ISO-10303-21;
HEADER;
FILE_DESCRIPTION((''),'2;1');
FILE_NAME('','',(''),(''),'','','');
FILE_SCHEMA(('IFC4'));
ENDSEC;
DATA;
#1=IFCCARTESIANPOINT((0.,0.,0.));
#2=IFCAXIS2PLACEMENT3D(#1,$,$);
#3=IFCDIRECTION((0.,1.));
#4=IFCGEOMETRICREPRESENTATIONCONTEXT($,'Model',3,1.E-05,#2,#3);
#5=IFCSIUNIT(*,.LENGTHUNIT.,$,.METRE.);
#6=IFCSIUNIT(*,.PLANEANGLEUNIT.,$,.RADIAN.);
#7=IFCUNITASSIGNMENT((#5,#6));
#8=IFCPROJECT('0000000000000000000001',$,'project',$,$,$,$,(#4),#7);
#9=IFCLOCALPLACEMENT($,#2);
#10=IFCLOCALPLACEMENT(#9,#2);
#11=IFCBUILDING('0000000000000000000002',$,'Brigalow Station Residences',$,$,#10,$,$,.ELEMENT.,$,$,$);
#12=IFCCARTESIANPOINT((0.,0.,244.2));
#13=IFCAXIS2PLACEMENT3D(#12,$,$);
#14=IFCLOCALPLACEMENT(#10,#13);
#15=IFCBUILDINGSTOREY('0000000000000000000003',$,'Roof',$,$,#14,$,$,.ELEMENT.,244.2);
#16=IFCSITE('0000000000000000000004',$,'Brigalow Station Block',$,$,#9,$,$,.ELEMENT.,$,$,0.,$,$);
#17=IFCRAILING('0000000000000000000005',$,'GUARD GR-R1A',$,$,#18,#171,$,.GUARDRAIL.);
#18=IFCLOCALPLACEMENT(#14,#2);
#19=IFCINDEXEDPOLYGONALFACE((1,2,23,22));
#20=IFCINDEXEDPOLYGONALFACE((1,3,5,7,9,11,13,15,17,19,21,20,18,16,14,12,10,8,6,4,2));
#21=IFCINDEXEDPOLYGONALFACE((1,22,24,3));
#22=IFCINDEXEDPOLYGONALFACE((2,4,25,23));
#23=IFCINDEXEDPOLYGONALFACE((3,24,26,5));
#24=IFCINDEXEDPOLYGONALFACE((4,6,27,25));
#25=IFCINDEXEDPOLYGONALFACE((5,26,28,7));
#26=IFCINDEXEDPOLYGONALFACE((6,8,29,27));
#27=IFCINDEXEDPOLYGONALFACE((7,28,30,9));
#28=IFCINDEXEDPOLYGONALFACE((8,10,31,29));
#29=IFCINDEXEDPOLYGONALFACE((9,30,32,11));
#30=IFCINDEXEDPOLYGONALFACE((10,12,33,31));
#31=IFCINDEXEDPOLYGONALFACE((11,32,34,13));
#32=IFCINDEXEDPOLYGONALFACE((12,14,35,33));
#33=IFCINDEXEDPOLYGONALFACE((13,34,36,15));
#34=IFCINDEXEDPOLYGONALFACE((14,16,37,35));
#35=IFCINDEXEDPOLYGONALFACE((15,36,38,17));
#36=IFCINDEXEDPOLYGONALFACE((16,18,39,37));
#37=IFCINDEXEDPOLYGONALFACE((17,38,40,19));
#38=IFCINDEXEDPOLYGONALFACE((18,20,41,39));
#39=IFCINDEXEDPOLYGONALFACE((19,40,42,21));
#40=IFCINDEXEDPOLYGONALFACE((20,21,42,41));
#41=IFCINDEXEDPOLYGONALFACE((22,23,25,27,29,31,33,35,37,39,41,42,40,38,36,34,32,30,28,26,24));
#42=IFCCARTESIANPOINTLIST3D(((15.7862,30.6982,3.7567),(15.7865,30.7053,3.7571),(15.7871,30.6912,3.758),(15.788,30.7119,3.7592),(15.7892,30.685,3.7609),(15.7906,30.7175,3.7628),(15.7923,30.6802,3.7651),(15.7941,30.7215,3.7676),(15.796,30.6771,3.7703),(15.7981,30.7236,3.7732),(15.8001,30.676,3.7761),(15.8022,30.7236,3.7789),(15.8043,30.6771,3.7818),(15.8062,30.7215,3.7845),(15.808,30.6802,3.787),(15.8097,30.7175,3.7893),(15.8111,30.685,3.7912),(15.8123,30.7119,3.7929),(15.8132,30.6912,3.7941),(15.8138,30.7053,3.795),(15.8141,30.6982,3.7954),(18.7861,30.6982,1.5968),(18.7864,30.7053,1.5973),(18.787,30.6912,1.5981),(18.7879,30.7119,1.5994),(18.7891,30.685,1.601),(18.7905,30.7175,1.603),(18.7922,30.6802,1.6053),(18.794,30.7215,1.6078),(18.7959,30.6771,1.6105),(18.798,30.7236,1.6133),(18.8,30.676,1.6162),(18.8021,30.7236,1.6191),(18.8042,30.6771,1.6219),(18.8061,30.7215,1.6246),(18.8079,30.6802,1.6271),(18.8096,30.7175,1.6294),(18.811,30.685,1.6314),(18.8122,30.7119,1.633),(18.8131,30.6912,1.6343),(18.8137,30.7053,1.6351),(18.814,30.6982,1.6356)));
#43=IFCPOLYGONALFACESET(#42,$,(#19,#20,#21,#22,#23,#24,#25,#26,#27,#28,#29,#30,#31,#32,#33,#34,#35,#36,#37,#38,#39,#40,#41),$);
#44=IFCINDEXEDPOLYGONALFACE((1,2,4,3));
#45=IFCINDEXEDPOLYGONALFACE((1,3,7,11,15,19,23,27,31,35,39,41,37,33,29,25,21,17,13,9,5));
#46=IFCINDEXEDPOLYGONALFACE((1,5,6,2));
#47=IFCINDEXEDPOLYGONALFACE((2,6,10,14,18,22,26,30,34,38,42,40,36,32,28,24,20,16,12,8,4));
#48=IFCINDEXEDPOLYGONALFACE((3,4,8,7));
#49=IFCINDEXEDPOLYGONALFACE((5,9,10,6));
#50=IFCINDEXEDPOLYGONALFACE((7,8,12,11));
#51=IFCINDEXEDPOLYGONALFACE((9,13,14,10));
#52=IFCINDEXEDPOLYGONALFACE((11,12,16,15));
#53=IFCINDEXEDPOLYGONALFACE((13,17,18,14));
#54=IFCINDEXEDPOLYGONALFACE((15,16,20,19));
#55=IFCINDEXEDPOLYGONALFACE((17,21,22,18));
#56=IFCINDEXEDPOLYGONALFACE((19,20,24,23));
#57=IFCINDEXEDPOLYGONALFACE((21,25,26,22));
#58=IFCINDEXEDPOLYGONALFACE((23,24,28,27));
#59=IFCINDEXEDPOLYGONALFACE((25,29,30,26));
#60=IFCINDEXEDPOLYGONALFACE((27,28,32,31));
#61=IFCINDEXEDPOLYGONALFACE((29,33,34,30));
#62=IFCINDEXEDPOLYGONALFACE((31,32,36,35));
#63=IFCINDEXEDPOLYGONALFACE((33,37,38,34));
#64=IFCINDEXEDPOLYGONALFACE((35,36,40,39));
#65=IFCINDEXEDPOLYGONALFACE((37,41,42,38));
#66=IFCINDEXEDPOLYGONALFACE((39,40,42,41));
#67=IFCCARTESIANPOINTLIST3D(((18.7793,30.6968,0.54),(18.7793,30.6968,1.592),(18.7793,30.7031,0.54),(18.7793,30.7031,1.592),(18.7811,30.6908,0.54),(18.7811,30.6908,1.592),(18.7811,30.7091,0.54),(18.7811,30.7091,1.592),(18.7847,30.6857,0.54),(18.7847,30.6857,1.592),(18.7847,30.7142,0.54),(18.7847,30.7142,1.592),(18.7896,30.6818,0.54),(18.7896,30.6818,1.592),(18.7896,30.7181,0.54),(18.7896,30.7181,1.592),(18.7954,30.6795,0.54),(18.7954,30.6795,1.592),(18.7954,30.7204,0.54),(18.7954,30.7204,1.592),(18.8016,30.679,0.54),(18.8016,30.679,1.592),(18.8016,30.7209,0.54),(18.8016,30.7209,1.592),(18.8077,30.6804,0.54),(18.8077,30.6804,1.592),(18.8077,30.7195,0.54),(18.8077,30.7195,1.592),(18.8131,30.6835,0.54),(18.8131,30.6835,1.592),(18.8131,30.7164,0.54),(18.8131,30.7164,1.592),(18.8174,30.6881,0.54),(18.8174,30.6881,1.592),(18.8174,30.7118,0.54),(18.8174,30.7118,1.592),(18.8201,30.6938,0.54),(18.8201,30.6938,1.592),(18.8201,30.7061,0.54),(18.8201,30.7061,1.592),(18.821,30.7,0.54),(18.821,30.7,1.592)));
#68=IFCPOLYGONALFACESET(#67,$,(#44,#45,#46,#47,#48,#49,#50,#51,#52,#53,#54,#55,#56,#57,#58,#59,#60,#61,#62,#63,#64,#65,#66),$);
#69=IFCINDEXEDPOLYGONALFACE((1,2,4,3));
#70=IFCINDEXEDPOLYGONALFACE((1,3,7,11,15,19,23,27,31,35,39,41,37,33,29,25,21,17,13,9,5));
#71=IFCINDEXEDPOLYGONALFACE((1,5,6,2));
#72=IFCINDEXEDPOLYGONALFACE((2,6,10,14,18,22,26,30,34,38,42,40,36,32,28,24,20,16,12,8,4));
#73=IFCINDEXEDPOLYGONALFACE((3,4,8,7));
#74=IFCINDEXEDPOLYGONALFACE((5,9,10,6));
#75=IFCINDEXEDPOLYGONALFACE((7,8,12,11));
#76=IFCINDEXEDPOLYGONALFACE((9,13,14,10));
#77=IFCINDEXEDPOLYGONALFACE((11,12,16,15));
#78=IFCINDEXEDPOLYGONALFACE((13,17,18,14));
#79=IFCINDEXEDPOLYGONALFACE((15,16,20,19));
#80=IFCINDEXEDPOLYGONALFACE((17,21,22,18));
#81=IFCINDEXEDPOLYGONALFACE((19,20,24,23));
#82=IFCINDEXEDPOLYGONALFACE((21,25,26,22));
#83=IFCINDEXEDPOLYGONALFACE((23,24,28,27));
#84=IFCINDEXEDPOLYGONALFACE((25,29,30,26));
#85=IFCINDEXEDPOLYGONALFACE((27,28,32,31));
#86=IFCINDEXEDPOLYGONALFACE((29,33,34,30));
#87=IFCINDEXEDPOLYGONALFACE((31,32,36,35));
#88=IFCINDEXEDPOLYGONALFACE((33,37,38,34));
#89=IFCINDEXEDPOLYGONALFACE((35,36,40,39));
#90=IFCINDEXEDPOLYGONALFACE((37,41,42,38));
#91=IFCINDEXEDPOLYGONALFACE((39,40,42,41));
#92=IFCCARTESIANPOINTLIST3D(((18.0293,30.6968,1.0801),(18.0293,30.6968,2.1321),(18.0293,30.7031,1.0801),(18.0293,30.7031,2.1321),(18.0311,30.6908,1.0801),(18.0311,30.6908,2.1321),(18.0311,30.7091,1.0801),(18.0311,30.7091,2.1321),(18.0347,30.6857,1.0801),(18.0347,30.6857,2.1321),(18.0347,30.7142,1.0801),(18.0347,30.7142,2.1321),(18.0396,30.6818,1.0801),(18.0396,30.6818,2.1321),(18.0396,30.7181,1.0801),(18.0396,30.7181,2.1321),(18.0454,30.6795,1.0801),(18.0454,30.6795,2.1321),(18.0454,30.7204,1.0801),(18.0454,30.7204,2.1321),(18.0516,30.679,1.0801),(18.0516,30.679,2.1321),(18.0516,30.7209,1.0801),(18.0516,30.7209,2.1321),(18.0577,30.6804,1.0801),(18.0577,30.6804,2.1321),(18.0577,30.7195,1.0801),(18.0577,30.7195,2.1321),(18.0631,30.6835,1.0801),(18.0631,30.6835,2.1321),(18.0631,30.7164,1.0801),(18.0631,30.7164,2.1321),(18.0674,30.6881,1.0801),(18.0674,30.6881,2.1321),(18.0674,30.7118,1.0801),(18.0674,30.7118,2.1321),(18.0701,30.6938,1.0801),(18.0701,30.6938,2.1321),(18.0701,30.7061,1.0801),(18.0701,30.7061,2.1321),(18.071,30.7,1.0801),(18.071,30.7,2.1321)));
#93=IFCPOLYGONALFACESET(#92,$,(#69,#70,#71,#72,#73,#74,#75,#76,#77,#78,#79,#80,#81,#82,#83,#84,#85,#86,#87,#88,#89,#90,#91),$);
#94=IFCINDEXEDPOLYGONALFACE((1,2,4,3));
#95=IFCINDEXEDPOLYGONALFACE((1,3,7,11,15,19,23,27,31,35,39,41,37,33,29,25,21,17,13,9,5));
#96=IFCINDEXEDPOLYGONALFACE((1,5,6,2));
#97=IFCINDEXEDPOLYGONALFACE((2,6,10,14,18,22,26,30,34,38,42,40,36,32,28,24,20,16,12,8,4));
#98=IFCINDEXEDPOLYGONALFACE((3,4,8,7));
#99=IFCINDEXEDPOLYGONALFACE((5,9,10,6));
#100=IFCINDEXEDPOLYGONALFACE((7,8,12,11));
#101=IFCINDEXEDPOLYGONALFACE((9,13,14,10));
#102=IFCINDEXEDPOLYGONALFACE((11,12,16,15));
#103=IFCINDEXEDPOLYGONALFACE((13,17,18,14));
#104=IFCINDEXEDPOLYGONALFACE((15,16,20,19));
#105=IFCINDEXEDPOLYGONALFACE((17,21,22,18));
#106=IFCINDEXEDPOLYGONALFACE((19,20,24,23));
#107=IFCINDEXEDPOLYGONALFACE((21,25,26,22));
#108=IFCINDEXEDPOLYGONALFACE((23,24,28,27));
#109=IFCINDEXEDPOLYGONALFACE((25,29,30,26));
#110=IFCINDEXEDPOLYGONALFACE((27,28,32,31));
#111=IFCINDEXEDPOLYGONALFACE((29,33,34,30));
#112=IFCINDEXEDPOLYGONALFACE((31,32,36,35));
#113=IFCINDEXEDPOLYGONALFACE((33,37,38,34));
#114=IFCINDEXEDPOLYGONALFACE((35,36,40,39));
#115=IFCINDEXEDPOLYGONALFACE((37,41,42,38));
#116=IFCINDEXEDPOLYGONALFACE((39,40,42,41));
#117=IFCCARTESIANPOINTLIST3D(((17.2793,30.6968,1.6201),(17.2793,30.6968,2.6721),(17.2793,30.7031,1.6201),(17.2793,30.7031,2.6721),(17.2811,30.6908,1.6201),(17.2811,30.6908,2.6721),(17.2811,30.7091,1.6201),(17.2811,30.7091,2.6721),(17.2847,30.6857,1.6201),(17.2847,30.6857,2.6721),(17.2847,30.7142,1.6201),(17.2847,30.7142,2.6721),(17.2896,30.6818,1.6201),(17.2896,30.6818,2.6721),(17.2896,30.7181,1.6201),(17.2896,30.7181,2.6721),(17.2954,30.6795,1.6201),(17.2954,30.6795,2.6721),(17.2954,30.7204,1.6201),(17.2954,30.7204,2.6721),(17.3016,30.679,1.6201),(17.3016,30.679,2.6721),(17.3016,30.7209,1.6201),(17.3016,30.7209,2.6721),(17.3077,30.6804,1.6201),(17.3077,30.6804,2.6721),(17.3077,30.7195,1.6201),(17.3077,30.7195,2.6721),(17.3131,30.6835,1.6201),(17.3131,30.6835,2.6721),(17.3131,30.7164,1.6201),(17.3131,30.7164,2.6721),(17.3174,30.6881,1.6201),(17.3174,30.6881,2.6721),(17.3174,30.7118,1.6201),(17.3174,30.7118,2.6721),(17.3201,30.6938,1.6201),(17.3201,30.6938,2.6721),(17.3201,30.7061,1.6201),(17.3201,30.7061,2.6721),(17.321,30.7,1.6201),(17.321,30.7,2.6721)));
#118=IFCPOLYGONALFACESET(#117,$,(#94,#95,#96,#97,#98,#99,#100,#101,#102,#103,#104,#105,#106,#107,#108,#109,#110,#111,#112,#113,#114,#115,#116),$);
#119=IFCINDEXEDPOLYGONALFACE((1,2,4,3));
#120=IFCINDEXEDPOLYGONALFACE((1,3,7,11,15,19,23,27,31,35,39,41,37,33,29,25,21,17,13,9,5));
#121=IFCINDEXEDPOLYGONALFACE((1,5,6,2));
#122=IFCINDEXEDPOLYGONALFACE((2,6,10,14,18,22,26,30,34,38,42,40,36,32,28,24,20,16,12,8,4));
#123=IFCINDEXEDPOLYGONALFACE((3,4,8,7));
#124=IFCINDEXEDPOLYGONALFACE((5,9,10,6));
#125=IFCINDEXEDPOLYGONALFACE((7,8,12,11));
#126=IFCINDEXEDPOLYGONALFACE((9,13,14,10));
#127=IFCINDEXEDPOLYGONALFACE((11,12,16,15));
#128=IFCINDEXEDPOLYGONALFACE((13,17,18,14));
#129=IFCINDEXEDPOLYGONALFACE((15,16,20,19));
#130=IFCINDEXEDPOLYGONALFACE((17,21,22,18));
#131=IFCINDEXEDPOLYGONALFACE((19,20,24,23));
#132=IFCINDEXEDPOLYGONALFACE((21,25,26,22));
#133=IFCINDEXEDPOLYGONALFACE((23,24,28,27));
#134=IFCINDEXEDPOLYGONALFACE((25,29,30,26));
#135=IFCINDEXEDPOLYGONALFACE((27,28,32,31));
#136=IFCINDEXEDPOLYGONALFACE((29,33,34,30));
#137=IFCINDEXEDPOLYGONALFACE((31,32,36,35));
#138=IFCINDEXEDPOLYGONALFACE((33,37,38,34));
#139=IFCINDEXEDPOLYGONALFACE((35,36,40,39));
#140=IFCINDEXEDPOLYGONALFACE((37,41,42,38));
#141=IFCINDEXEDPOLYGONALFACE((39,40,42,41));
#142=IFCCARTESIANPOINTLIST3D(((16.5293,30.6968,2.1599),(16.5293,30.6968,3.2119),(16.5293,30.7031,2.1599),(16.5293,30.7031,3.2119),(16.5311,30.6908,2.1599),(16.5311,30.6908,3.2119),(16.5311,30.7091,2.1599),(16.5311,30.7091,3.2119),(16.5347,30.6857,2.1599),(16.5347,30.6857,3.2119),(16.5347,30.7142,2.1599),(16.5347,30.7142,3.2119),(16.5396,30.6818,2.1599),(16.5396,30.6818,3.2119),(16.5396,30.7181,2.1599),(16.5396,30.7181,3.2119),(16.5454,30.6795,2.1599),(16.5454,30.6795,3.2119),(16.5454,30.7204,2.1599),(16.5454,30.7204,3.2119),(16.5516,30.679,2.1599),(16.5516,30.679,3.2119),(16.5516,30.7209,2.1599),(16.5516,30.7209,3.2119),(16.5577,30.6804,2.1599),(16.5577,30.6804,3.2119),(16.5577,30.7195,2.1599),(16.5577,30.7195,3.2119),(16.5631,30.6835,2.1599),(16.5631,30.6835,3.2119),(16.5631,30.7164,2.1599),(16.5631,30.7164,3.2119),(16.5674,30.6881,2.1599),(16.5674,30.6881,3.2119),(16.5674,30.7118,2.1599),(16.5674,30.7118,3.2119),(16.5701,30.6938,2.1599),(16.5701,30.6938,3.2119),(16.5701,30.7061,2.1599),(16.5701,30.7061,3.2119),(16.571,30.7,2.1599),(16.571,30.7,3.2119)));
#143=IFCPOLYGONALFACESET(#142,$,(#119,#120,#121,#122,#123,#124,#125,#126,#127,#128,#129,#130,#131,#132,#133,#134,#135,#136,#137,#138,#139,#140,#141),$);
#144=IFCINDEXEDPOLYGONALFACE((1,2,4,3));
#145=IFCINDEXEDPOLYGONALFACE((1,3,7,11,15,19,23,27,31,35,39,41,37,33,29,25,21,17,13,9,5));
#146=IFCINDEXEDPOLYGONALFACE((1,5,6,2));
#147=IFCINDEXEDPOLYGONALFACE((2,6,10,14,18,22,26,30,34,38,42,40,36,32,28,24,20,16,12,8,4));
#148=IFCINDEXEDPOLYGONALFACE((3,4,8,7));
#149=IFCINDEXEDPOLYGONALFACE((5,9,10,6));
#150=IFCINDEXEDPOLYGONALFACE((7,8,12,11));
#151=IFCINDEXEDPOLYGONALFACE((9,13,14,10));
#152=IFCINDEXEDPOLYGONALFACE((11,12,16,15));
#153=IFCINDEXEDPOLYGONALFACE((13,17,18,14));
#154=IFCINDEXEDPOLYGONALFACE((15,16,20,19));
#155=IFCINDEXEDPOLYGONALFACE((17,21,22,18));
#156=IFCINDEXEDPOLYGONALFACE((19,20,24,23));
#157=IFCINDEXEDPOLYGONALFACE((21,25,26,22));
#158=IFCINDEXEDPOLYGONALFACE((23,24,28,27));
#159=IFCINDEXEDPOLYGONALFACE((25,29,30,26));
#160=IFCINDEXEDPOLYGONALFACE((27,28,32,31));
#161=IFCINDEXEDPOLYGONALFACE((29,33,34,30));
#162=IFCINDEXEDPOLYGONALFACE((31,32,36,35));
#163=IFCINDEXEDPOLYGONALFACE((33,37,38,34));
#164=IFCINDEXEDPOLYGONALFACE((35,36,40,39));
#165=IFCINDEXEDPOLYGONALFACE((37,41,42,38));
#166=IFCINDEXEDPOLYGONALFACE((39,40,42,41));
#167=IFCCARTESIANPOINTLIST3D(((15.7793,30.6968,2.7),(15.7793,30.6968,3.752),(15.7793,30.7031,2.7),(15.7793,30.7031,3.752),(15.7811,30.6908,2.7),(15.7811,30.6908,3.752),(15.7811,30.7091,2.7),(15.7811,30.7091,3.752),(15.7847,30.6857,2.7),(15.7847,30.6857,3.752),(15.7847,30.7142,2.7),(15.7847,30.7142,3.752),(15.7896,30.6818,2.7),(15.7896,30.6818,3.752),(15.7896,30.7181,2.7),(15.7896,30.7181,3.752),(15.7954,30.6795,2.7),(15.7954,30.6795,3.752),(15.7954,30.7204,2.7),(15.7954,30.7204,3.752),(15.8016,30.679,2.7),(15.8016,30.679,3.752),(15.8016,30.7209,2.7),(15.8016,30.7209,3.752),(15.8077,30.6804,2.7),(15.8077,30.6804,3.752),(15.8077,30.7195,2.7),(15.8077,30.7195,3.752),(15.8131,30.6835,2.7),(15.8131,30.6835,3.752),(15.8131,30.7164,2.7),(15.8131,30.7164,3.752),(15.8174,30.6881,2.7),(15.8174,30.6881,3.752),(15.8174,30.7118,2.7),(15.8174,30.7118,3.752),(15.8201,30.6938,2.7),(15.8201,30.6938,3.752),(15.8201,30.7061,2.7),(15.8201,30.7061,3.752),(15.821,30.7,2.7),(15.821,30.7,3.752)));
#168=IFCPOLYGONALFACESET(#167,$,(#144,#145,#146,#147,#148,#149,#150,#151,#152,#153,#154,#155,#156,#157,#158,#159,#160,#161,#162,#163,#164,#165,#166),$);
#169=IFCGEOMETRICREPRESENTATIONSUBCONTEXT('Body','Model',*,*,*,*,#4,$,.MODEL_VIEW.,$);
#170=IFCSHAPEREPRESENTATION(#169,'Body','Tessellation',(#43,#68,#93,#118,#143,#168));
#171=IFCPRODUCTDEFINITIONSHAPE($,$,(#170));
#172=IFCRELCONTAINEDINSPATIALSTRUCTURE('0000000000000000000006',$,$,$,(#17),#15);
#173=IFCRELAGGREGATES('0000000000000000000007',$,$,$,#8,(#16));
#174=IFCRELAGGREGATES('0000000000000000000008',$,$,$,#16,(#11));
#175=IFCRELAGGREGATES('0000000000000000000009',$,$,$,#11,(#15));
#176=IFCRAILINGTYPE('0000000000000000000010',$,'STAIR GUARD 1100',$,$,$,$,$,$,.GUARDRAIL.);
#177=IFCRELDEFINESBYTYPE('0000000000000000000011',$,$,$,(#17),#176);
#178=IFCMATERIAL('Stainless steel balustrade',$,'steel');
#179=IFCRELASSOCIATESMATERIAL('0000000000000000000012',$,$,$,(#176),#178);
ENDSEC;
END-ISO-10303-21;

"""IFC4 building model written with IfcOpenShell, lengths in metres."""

from ifc_helpers import new_model, si_unit, direction, frame, origin, origin_2d, place, context, subcontext, project, spatial, circle, extrude, material, type_object, element, save


model = new_model("IFC4")

# Units and contexts
model_context = context("Model", 3, precision=1e-05, world=origin(), true_north=direction((0.0, 1.0)))
body_context = subcontext(model_context, "Body", "Model", "MODEL_VIEW")
ifc_project = project(units=[si_unit("LENGTHUNIT", "METRE"), si_unit("PLANEANGLEUNIT", "RADIAN")], contexts=[model_context])

# Site, building, storey
site_placement = place(None, origin())
site = spatial("IfcSite", under=ifc_project, at=site_placement, Name="Brigalow Station Block", CompositionType="ELEMENT", RefElevation=0.0)
building_placement = place(site_placement, origin())
building = spatial("IfcBuilding", under=site, at=building_placement, Name="Brigalow Station Residences", CompositionType="ELEMENT")
storey_placement = place(building_placement, frame((0.0, 0.0, 244.2)))
storey = spatial("IfcBuildingStorey", under=building, at=storey_placement, Name="Roof", CompositionType="ELEMENT", Elevation=244.2)

# Railing
ifc_material_1 = material(Name="Stainless steel balustrade", Category="steel")
railing_type = type_object("IfcRailingType", Name="STAIR GUARD 1100", PredefinedType="GUARDRAIL", material=ifc_material_1)
for number, where, name in (
    (1, (18.8, 30.7, 0.54), "GUARD GR-R1A"),
):
    element("IfcRailing", number, at=place(storey_placement, frame(where)), inside=storey, type_object=railing_type, Name=name, PredefinedType="GUARDRAIL", context=body_context, shape_type="SweptSolid", body=[
        extrude(circle(Radius=0.0239, at=origin_2d()), frame((0.0, 0.0, 1.0762), z_axis=(-0.811546, 0.0, 0.584289), x_axis=(0.0, -1.0, 0.0)), (0.0, 0.0, 1.0), 3.6965),
        extrude(circle(Radius=0.021, at=origin_2d()), origin(), (0.0, 0.0, 1.0), 1.052),
        extrude(circle(Radius=0.021, at=origin_2d()), frame((-0.75, 0.0, 0.54)), (0.0, 0.0, 1.0), 1.052),
        extrude(circle(Radius=0.021, at=origin_2d()), frame((-1.5, 0.0, 1.0801)), (0.0, 0.0, 1.0), 1.052),
        extrude(circle(Radius=0.021, at=origin_2d()), frame((-2.25, 0.0, 1.6199)), (0.0, 0.0, 1.0), 1.052),
        extrude(circle(Radius=0.021, at=origin_2d()), frame((-3.0, 0.0, 2.1599)), (0.0, 0.0, 1.0), 1.052),
    ])

save(model, "model.ifc")
